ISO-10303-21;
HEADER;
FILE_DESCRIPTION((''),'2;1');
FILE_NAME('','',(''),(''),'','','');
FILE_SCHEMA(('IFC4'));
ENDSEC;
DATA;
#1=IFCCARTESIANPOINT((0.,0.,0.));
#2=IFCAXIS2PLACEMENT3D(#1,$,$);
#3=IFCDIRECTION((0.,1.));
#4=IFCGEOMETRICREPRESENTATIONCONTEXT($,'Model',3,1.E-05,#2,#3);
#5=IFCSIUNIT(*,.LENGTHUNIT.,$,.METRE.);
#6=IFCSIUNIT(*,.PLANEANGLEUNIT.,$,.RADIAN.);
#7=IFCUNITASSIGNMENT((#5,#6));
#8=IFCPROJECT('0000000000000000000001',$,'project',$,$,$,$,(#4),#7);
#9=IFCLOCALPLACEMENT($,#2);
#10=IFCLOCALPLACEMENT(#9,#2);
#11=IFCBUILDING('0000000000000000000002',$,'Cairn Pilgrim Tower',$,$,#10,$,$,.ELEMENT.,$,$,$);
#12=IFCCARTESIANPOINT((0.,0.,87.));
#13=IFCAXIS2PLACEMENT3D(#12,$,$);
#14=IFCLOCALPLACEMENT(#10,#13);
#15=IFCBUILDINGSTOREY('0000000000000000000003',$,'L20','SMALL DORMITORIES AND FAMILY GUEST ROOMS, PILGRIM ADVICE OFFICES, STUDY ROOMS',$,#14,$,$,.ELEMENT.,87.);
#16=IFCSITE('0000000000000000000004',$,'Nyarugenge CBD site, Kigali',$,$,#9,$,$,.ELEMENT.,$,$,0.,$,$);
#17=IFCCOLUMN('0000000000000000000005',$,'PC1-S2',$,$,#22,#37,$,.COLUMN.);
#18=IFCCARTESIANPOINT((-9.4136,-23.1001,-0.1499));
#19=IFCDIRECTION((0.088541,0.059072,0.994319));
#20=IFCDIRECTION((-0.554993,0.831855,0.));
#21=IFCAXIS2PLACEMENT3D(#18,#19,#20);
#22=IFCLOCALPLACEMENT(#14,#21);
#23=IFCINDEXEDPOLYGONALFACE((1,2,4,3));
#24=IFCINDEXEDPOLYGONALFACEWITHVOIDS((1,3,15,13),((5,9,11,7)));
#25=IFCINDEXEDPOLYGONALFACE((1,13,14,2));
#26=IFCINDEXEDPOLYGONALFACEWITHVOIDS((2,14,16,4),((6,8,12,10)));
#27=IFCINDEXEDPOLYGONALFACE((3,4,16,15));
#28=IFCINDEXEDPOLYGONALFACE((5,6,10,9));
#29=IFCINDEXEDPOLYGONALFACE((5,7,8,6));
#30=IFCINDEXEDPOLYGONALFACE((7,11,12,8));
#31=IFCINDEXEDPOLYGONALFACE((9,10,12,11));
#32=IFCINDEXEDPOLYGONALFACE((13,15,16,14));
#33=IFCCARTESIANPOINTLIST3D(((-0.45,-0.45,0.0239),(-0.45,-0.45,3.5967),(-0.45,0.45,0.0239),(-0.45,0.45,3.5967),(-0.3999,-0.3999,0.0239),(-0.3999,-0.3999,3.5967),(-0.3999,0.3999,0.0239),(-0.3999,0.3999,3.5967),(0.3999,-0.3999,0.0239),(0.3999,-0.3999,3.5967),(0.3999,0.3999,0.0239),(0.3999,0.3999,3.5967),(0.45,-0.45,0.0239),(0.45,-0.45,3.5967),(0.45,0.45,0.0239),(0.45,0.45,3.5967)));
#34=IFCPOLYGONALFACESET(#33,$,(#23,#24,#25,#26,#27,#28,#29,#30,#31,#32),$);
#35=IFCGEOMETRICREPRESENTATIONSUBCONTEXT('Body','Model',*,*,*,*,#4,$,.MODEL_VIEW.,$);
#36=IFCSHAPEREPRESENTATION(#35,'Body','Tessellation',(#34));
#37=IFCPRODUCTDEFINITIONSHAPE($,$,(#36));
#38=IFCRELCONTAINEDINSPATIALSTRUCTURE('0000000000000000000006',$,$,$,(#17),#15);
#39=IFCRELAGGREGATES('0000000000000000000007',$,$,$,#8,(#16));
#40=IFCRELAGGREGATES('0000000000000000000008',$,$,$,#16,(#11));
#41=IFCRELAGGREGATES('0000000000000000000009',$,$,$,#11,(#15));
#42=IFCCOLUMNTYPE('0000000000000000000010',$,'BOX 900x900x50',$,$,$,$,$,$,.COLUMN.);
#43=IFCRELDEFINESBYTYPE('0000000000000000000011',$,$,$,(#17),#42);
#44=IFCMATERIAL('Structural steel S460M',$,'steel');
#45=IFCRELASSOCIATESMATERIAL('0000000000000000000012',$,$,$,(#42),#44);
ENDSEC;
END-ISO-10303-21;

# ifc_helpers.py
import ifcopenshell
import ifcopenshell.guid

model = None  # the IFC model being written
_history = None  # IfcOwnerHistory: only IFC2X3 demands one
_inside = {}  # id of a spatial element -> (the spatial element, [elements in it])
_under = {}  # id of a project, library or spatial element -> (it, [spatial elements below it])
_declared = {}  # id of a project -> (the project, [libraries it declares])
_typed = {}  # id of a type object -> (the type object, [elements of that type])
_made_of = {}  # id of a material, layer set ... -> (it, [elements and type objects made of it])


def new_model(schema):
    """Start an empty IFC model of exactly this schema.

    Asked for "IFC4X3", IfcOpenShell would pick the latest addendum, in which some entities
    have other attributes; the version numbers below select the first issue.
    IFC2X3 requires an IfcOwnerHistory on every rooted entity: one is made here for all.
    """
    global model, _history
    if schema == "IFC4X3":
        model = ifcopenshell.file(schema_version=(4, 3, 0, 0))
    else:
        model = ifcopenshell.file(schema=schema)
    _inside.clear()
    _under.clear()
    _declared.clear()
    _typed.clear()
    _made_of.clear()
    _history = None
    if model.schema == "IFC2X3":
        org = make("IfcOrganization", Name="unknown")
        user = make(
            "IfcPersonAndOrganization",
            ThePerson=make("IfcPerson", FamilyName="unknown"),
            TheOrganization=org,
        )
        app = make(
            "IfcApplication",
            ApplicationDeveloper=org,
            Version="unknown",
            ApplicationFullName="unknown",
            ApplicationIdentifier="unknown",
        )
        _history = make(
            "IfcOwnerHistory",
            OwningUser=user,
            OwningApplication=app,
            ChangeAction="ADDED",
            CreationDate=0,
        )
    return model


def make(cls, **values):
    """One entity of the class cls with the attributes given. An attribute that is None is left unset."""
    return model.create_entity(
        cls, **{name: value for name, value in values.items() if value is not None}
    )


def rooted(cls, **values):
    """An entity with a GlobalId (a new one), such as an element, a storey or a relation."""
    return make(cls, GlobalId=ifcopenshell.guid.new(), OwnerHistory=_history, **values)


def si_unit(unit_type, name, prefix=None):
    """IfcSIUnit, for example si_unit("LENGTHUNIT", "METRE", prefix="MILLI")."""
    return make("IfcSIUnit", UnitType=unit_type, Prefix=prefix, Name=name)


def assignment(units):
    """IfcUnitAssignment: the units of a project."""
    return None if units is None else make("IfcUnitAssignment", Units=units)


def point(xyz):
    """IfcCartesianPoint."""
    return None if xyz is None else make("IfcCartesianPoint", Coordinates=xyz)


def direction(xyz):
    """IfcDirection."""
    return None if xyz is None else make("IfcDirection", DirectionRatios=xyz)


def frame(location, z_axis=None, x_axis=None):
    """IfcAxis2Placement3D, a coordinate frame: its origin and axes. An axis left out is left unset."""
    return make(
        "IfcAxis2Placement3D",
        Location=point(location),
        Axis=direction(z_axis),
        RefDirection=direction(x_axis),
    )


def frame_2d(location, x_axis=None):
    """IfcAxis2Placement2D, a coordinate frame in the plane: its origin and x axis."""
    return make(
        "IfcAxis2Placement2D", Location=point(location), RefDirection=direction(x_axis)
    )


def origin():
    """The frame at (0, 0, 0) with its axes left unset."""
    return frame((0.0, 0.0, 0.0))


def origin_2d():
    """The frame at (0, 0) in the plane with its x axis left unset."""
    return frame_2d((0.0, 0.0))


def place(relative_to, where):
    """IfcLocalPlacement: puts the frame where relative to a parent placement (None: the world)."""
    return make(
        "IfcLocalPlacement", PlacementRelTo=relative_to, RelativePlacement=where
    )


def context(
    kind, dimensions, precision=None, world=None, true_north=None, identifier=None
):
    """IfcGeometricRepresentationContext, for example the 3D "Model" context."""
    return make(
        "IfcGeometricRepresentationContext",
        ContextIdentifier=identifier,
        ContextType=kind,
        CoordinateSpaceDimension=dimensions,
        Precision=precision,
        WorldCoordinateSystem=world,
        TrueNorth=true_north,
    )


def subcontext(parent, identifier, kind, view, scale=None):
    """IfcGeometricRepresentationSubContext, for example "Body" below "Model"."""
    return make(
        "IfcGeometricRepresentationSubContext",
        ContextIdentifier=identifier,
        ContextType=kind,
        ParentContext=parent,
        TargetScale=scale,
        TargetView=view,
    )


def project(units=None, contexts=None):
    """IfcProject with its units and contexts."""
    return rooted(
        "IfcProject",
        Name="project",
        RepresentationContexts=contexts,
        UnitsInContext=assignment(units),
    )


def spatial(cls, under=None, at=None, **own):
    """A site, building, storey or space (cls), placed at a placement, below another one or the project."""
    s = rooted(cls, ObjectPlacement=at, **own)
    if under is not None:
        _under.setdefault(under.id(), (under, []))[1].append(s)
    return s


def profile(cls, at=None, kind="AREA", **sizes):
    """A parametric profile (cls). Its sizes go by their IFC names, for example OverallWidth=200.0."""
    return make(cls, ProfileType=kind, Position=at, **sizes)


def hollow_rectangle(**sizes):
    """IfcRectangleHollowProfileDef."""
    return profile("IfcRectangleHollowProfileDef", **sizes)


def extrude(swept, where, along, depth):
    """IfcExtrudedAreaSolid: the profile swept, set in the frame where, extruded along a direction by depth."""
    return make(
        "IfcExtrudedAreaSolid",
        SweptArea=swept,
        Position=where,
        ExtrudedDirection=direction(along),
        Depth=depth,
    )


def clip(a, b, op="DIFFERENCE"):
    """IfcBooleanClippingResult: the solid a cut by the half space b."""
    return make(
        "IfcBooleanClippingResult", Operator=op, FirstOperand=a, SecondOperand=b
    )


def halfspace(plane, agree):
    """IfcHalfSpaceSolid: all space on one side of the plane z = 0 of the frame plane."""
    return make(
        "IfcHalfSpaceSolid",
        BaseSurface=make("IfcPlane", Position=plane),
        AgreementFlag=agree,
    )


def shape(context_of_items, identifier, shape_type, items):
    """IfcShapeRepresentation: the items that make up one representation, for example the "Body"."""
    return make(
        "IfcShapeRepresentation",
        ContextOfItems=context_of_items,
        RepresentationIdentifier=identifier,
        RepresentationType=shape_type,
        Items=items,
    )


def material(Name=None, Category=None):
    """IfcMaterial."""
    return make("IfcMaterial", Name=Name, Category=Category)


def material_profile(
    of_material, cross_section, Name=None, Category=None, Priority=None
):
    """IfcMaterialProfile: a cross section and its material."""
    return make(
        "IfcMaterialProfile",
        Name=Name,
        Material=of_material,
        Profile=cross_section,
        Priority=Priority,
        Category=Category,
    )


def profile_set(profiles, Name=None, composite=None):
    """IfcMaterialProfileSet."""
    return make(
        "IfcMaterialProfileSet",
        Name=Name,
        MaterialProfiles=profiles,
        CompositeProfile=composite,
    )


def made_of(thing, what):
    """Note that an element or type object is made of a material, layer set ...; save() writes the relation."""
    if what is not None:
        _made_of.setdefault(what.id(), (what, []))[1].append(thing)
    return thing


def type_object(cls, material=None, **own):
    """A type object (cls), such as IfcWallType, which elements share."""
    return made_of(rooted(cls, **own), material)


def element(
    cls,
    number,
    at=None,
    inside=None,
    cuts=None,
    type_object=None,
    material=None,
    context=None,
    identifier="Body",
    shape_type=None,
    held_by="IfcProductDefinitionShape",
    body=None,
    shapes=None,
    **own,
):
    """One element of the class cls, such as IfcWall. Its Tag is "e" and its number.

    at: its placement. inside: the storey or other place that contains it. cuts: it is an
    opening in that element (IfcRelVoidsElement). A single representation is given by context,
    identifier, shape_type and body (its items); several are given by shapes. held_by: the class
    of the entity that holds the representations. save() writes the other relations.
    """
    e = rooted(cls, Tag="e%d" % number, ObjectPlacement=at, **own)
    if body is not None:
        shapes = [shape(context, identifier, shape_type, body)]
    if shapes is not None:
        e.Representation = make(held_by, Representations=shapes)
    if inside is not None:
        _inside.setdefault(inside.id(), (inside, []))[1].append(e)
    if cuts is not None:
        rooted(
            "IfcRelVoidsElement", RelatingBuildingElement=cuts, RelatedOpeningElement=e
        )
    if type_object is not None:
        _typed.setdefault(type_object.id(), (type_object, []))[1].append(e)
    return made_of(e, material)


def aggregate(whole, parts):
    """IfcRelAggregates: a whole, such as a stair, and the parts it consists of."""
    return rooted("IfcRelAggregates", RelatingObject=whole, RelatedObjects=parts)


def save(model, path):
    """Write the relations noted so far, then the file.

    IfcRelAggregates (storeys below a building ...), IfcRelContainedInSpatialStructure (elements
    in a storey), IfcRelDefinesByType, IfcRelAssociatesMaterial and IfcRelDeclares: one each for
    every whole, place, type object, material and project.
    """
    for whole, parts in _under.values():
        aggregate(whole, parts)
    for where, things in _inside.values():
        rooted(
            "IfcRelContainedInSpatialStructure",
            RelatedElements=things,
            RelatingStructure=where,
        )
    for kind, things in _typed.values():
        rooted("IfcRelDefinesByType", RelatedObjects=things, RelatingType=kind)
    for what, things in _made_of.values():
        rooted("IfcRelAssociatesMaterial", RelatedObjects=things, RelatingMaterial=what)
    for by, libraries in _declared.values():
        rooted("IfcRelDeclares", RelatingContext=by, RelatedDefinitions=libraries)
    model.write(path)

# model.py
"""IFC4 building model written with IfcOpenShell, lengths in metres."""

from ifc_helpers import new_model, si_unit, direction, frame, origin, origin_2d, place, context, subcontext, project, spatial, hollow_rectangle, extrude, clip, halfspace, material, material_profile, profile_set, type_object, element, save


model = new_model("IFC4")

# Units and contexts
model_context = context("Model", 3, precision=1e-05, world=origin(), true_north=direction((0.0, 1.0)))
body_context = subcontext(model_context, "Body", "Model", "MODEL_VIEW")
ifc_project = project(units=[si_unit("LENGTHUNIT", "METRE"), si_unit("PLANEANGLEUNIT", "RADIAN")], contexts=[model_context])

# Site, building, storey
site_placement = place(None, origin())
site = spatial("IfcSite", under=ifc_project, at=site_placement, Name="Nyarugenge CBD site, Kigali", CompositionType="ELEMENT", RefElevation=0.0)
building_placement = place(site_placement, origin())
building = spatial("IfcBuilding", under=site, at=building_placement, Name="Cairn Pilgrim Tower", CompositionType="ELEMENT")
storey_placement = place(building_placement, frame((0.0, 0.0, 87.0)))
storey = spatial("IfcBuildingStorey", under=building, at=storey_placement, Name="L20", Description="SMALL DORMITORIES AND FAMILY GUEST ROOMS, PILGRIM ADVICE OFFICES, STUDY ROOMS", CompositionType="ELEMENT", Elevation=87.0)

# Column
ifc_material_1 = material(Name="Structural steel S460M", Category="steel")
ifc_material_profile_1 = material_profile(ifc_material_1, hollow_rectangle(XDim=0.8999, YDim=0.8999, WallThickness=0.05, at=origin_2d()), Name="BOX 900x900x50")
ifc_profile_set_1 = profile_set([ifc_material_profile_1], Name="Structural steel S460M")
column_type_1 = type_object("IfcColumnType", Name="BOX 900x900x50", PredefinedType="COLUMN", material=ifc_profile_set_1)
for number, where, z_axis, x_axis, name in (
    (1, (-9.4136, -23.1001, -0.1499), (0.088541, 0.059072, 0.994319), (-0.554993, 0.831855, 0.0), "PC1-S2"),
):
    element("IfcColumn", number, at=place(storey_placement, frame(where, z_axis=z_axis, x_axis=x_axis)), inside=storey, type_object=column_type_1, Name=name, PredefinedType="COLUMN", context=body_context, shape_type="Clipping", body=[
        clip(clip(extrude(hollow_rectangle(XDim=0.8999, YDim=0.8999, WallThickness=0.05, at=origin_2d()), origin(), (0.0, 0.0, 1.0), 3.6204), halfspace(frame((0.0, 0.0, 0.0239), z_axis=(0.0, 0.0, 1.0), x_axis=(1.0, 0.0, 0.0)), True)), halfspace(frame((0.0, 0.0, 3.5967), z_axis=(0.0, 0.0, 1.0), x_axis=(1.0, 0.0, 0.0)), False)),
    ])

save(model, "model.ifc")
